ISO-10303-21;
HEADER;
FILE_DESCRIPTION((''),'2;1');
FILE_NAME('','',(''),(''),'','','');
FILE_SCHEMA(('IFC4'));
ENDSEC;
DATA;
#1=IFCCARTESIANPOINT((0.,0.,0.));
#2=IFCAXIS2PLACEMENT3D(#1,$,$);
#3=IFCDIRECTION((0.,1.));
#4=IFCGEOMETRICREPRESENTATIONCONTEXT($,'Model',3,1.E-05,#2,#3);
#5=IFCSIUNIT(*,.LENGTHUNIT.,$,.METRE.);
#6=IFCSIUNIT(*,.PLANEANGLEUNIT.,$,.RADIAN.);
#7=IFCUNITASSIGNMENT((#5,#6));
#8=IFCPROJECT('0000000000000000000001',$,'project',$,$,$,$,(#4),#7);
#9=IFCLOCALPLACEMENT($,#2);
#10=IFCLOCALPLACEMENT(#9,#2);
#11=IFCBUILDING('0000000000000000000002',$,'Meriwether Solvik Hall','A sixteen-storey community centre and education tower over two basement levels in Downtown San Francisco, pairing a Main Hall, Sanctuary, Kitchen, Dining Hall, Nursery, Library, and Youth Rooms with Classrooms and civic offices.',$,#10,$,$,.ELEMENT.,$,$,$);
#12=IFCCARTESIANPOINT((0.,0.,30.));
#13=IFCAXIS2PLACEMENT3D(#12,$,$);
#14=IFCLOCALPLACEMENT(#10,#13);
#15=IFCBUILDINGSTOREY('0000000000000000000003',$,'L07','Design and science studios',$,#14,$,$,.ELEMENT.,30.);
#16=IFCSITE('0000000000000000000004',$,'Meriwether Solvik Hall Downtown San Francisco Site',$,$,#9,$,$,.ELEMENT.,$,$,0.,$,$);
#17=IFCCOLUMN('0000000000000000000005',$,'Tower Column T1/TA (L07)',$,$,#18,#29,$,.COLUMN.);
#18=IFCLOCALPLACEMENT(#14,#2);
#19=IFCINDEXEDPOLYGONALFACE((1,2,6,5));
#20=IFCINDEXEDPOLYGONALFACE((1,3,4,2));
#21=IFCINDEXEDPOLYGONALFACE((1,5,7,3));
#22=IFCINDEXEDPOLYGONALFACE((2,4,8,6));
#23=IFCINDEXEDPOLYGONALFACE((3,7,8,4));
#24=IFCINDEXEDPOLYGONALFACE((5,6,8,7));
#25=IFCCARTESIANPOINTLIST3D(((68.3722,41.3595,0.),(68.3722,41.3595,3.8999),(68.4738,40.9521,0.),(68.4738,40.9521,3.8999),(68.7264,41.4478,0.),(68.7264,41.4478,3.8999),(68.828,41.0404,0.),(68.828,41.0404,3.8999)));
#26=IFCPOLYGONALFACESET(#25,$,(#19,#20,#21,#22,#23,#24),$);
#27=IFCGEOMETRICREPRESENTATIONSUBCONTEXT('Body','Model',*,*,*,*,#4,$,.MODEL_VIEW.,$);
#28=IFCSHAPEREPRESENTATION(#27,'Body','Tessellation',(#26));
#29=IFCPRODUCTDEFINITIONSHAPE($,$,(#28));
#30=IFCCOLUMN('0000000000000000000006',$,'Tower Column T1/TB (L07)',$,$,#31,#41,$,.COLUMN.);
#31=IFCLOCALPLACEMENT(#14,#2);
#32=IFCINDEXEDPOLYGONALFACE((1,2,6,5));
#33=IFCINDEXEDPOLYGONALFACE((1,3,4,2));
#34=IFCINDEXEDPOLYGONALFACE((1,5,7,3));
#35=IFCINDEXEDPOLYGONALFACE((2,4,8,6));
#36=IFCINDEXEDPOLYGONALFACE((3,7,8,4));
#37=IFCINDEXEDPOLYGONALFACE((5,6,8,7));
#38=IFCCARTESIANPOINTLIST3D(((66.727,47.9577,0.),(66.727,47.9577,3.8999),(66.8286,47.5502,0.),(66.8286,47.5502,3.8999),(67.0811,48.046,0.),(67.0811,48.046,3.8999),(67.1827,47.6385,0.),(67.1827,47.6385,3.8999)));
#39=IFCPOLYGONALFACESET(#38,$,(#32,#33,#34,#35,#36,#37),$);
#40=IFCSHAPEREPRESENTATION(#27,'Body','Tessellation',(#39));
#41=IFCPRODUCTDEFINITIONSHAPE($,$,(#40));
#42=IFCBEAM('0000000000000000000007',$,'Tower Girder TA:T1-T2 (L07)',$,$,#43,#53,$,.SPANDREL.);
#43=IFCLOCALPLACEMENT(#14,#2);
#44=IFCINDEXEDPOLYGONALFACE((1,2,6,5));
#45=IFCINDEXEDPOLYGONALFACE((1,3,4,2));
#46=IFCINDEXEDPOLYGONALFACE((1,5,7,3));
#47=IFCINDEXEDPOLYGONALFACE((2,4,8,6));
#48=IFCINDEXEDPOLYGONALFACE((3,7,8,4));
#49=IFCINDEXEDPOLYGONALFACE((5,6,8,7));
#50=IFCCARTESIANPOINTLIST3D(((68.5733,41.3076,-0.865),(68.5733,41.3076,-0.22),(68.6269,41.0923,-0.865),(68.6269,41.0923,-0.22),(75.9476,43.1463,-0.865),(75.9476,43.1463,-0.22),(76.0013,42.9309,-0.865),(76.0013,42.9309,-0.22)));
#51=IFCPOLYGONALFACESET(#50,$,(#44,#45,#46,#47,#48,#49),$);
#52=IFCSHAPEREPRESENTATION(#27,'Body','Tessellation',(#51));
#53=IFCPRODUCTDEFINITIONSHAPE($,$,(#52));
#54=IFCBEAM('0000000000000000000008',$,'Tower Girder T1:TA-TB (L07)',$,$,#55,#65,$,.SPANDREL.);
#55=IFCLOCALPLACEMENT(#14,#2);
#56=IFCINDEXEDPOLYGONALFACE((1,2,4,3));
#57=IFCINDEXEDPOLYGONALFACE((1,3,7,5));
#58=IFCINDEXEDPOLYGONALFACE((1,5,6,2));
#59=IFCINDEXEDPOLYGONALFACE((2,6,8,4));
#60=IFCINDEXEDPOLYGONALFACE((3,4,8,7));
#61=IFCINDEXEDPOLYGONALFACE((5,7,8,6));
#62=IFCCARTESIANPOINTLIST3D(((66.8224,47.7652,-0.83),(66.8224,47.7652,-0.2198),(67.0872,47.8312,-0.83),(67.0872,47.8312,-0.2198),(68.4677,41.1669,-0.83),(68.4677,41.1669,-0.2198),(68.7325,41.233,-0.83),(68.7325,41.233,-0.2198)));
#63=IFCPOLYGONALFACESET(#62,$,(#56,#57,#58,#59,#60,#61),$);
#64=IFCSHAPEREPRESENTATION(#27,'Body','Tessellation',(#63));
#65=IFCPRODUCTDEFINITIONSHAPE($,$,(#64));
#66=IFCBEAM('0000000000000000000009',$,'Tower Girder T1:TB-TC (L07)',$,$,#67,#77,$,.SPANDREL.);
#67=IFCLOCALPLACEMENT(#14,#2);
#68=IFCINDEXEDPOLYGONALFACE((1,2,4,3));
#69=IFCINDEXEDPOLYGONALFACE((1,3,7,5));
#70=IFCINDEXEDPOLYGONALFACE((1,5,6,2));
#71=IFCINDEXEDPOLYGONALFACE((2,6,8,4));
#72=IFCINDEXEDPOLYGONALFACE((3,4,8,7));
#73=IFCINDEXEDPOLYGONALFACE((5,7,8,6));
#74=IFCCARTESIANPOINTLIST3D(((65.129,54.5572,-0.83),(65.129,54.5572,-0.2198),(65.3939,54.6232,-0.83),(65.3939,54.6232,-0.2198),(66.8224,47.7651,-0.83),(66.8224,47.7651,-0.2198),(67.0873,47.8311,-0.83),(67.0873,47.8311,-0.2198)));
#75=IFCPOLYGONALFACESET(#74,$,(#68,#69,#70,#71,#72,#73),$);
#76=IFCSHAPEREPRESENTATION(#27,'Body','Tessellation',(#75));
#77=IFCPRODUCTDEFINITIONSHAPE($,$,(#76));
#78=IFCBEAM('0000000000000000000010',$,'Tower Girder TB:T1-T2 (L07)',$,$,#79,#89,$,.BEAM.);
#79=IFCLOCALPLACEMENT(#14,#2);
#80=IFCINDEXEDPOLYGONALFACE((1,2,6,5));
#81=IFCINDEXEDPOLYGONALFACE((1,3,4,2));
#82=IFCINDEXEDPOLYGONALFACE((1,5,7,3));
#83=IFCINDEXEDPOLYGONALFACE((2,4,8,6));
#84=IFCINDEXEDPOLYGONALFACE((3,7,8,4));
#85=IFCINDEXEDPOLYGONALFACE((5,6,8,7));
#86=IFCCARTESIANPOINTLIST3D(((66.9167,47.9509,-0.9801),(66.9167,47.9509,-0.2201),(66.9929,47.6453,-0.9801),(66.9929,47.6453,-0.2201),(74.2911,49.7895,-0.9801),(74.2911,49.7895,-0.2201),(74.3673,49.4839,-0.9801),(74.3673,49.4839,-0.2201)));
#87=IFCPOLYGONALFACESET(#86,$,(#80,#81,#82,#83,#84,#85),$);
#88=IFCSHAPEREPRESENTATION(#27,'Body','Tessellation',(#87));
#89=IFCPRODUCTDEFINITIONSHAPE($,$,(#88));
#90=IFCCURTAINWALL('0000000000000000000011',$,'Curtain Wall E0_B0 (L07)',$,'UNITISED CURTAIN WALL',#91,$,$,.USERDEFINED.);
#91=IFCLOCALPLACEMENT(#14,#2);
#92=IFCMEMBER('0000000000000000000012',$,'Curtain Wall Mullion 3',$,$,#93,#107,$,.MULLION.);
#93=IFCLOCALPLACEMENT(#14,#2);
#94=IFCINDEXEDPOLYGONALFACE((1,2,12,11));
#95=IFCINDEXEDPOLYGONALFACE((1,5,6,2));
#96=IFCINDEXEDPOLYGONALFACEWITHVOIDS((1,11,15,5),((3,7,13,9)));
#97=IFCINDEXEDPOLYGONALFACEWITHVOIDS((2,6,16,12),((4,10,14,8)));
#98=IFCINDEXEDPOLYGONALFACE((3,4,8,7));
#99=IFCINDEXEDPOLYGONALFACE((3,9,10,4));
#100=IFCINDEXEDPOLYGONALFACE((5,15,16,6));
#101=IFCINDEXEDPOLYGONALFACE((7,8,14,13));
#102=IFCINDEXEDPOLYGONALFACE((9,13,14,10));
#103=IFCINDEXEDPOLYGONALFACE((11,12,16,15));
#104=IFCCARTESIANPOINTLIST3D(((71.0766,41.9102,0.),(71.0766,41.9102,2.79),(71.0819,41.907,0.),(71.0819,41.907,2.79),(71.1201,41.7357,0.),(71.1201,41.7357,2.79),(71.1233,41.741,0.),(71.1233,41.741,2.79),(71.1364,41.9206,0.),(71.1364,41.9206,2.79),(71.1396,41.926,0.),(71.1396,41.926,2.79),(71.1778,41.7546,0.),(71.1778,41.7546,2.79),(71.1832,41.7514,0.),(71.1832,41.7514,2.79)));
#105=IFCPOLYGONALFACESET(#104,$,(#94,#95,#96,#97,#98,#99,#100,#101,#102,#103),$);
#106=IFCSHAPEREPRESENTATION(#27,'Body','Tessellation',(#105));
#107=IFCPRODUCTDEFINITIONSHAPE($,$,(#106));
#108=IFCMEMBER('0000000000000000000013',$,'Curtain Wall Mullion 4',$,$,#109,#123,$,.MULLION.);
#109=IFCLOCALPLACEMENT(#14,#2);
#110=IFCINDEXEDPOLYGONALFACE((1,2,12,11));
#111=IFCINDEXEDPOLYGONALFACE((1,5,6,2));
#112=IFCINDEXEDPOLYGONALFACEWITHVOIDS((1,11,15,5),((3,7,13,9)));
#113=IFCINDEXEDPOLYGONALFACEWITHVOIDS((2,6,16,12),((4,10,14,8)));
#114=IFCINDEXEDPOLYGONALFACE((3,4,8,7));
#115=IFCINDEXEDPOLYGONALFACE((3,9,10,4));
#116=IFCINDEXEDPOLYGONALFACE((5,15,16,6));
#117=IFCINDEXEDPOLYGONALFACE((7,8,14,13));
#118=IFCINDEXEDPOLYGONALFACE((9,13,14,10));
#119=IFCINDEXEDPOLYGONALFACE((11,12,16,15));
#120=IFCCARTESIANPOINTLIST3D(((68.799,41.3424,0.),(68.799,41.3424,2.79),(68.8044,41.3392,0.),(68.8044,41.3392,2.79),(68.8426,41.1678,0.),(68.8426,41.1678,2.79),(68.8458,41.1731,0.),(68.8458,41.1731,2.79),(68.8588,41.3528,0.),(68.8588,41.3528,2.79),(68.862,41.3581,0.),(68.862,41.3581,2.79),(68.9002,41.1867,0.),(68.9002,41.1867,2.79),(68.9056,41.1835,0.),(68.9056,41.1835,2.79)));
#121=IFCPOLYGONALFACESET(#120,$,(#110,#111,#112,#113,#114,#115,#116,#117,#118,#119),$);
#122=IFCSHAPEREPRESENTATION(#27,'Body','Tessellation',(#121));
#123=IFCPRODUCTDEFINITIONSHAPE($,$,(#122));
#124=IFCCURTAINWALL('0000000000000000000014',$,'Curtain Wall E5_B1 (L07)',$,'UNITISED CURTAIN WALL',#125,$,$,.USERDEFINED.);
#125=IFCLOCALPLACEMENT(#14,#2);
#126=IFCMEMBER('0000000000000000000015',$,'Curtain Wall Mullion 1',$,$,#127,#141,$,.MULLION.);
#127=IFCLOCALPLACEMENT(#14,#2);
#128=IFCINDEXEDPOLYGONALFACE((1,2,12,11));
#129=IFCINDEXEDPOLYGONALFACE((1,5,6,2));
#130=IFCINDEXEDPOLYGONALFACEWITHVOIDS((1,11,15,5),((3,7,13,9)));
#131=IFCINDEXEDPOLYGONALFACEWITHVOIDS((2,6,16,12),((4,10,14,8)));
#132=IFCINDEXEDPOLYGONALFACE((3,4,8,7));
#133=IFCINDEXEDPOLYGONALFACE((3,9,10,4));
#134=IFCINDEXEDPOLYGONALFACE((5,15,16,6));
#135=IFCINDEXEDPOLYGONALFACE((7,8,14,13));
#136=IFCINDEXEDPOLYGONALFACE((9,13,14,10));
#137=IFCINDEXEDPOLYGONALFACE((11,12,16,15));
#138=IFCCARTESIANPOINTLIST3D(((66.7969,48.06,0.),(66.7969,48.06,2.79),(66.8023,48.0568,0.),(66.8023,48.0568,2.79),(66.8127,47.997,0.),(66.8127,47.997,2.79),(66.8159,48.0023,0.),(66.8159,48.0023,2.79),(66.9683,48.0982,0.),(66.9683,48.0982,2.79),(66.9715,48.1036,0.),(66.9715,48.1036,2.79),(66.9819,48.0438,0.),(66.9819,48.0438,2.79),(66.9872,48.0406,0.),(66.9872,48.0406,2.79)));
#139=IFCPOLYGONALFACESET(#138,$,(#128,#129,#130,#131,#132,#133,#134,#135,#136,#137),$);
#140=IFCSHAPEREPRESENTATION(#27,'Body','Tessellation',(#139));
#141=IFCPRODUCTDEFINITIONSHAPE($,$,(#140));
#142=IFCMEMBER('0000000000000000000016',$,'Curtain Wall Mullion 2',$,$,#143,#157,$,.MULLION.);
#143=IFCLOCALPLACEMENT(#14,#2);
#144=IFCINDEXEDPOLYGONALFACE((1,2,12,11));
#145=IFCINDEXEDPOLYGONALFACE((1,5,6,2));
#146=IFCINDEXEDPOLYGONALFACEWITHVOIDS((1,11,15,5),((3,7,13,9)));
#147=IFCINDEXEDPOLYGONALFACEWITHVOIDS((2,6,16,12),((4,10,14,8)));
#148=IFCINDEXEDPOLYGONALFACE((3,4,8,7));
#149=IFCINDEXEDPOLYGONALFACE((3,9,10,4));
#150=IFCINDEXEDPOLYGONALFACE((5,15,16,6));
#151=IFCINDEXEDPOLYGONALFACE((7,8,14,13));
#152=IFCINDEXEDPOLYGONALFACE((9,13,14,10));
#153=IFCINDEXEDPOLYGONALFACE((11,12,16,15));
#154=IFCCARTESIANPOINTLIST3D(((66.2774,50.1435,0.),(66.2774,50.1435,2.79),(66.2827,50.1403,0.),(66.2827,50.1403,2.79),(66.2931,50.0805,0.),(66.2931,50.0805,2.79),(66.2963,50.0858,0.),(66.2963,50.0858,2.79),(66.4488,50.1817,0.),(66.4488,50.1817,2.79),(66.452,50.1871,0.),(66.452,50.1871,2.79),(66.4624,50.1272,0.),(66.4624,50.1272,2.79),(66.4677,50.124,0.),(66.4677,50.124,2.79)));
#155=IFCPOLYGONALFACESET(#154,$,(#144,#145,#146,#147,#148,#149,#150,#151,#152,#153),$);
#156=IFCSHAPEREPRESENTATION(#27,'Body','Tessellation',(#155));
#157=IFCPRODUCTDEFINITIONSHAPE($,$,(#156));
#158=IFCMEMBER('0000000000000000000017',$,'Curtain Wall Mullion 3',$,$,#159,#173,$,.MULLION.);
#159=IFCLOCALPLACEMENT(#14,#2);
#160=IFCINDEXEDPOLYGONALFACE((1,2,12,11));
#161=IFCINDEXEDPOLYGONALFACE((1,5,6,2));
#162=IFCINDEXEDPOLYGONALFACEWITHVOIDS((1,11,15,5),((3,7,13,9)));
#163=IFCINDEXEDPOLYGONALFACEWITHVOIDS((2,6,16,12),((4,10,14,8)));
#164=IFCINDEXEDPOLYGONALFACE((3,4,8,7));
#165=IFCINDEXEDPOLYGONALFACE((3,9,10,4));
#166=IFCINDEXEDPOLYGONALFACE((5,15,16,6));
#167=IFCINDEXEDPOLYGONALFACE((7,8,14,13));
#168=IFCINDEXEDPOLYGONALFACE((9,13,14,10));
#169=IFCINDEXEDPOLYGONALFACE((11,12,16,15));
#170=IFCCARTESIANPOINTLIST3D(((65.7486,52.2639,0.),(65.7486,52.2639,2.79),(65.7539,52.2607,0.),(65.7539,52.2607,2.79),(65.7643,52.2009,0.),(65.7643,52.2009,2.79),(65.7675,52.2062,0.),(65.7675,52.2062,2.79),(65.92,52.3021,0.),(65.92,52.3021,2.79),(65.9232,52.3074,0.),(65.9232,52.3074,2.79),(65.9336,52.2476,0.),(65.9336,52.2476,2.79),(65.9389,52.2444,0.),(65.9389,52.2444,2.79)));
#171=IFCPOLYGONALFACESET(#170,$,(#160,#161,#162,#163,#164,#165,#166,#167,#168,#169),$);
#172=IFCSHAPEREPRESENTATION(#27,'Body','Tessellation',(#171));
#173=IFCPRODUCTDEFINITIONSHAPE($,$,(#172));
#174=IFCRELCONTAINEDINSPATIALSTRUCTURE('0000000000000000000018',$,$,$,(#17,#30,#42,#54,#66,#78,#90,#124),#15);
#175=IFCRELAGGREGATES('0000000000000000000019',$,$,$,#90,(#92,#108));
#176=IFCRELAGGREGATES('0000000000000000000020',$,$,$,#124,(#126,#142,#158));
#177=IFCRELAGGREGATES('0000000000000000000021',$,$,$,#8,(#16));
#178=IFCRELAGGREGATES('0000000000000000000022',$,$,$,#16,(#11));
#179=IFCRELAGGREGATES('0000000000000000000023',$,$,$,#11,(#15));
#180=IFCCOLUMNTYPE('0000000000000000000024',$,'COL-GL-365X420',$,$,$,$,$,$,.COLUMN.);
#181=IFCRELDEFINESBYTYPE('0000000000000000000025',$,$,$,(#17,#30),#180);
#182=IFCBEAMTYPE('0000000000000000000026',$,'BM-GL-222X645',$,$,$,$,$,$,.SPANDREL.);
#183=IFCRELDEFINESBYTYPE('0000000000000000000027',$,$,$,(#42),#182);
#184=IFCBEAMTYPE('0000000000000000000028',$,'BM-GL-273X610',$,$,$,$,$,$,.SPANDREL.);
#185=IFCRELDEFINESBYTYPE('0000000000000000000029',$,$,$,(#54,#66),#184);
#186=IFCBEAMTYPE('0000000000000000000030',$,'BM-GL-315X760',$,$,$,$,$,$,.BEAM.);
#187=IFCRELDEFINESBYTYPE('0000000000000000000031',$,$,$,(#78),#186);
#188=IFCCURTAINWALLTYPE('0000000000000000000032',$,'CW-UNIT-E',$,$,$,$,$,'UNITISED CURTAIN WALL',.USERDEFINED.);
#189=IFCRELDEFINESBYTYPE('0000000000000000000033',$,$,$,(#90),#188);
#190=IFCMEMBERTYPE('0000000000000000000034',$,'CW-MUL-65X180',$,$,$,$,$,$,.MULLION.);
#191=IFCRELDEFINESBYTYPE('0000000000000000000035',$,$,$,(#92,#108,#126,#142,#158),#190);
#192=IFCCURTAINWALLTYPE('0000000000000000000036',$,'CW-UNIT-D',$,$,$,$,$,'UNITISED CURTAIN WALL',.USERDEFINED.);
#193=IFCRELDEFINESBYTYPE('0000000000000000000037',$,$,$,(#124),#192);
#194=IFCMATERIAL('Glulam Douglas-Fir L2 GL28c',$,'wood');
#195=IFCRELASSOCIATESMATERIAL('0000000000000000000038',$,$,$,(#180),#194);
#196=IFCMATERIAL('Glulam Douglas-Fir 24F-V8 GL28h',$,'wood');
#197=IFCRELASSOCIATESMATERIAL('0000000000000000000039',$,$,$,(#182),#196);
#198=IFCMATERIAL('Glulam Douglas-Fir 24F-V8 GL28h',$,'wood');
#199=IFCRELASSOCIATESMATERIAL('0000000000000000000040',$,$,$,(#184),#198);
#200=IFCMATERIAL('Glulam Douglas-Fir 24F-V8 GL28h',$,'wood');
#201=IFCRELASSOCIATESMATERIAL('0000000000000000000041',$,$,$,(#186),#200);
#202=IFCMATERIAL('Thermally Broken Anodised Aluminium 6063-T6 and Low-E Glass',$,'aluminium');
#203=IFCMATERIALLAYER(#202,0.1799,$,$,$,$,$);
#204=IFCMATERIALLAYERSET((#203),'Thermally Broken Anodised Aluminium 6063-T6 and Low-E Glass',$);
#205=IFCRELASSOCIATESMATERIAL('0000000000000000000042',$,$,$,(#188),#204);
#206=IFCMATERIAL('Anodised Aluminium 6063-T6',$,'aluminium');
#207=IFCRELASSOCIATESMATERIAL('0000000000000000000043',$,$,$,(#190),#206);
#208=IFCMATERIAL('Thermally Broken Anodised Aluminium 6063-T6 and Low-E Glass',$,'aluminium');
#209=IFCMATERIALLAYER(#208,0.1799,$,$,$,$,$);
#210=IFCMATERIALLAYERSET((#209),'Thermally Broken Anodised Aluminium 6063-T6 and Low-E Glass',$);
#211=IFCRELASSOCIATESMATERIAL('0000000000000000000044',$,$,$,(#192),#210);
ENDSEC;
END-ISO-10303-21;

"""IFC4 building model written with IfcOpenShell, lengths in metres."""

from ifc_helpers import new_model, si_unit, direction, frame, origin, origin_2d, place, context, subcontext, project, spatial, rectangle, hollow_rectangle, extrude, material, layer, layer_set, material_profile, profile_set, type_object, element, aggregate, save


model = new_model("IFC4")

# Units and contexts
model_context = context("Model", 3, precision=1e-05, world=origin(), true_north=direction((0.0, 1.0)))
body_context = subcontext(model_context, "Body", "Model", "MODEL_VIEW")
ifc_project = project(units=[si_unit("LENGTHUNIT", "METRE"), si_unit("PLANEANGLEUNIT", "RADIAN")], contexts=[model_context])

# Site, building, storey
site_placement = place(None, origin())
site = spatial("IfcSite", under=ifc_project, at=site_placement, Name="Meriwether Solvik Hall Downtown San Francisco Site", CompositionType="ELEMENT", RefElevation=0.0)
building_placement = place(site_placement, origin())
building = spatial("IfcBuilding", under=site, at=building_placement, Name="Meriwether Solvik Hall", Description="A sixteen-storey community centre and education tower over two basement levels in Downtown San Francisco, pairing a Main Hall, Sanctuary, Kitchen, Dining Hall, Nursery, Library, and Youth Rooms with Classrooms and civic offices.", CompositionType="ELEMENT")
storey_placement = place(building_placement, frame((0.0, 0.0, 30.0)))
storey = spatial("IfcBuildingStorey", under=building, at=storey_placement, Name="L07", Description="Design and science studios", CompositionType="ELEMENT", Elevation=30.0)

# Columns
ifc_material_1 = material(Name="Glulam Douglas-Fir L2 GL28c", Category="wood")
ifc_material_profile_1 = material_profile(ifc_material_1, rectangle(XDim=0.365, YDim=0.4199, at=origin_2d()), Name="GLC-365X420")
ifc_profile_set_1 = profile_set([ifc_material_profile_1], Name="Glulam Douglas-Fir L2 GL28c")
column_type = type_object("IfcColumnType", Name="COL-GL-365X420", PredefinedType="COLUMN", material=ifc_profile_set_1)
for number, where, z_axis, x_axis, name in (
    (1, (68.6001, 41.2, 0.0), (0.0, 0.0, 1.0), (0.970296, 0.241922, 0.0), "Tower Column T1/TA (L07)"),
    (2, (66.9548, 47.7981, 0.0), (0.0, 0.0, 1.0), (0.970296, 0.241922, 0.0), "Tower Column T1/TB (L07)"),
):
    element("IfcColumn", number, at=place(storey_placement, frame(where, z_axis=z_axis, x_axis=x_axis)), inside=storey, type_object=column_type, Name=name, PredefinedType="COLUMN", context=body_context, shape_type="SweptSolid", body=[
        extrude(rectangle(XDim=0.365, YDim=0.4199, at=origin_2d()), origin(), (0.0, 0.0, 1.0), 3.8999),
    ])

# Beams
ifc_material_2 = material(Name="Glulam Douglas-Fir 24F-V8 GL28h", Category="wood")
ifc_material_profile_2 = material_profile(ifc_material_2, rectangle(XDim=0.2219, YDim=0.645, at=origin_2d()), Name="GLB-222X645")
ifc_profile_set_2 = profile_set([ifc_material_profile_2], Name="Glulam Douglas-Fir 24F-V8 GL28h")
beam_type_1 = type_object("IfcBeamType", Name="BM-GL-222X645", PredefinedType="SPANDREL", material=ifc_profile_set_2)
beam_1_placement = place(storey_placement, frame((68.6001, 41.2, -0.5425), z_axis=(0.970295, 0.241923, 0.0), x_axis=(-0.241923, 0.970295, 0.0)))
element("IfcBeam", 3, at=beam_1_placement, inside=storey, type_object=beam_type_1, Name="Tower Girder TA:T1-T2 (L07)", PredefinedType="SPANDREL", context=body_context, shape_type="SweptSolid", body=[
    extrude(rectangle(XDim=0.2219, YDim=0.645, at=origin_2d()), origin(), (0.0, 0.0, 1.0), 7.6001),
])
ifc_material_3 = material(Name="Glulam Douglas-Fir 24F-V8 GL28h", Category="wood")
ifc_material_profile_3 = material_profile(ifc_material_3, rectangle(XDim=0.2729, YDim=0.6101, at=origin_2d()), Name="GLB-273X610")
ifc_profile_set_3 = profile_set([ifc_material_profile_3], Name="Glulam Douglas-Fir 24F-V8 GL28h")
beam_type_2 = type_object("IfcBeamType", Name="BM-GL-273X610", PredefinedType="SPANDREL", material=ifc_profile_set_3)
beam_2_placement = place(storey_placement, frame((68.6001, 41.2, -0.5249), z_axis=(-0.241944, 0.97029, 0.0), x_axis=(-0.97029, -0.241944, 0.0)))
element("IfcBeam", 4, at=beam_2_placement, inside=storey, type_object=beam_type_2, Name="Tower Girder T1:TA-TB (L07)", PredefinedType="SPANDREL", context=body_context, shape_type="SweptSolid", body=[
    extrude(rectangle(XDim=0.2729, YDim=0.6101, at=origin_2d()), origin(), (0.0, 0.0, 1.0), 6.8003),
])
beam_3_placement = place(storey_placement, frame((66.9548, 47.7981, -0.5249), z_axis=(-0.241912, 0.970298, 0.0), x_axis=(-0.970298, -0.241912, 0.0)))
element("IfcBeam", 5, at=beam_3_placement, inside=storey, type_object=beam_type_2, Name="Tower Girder T1:TB-TC (L07)", PredefinedType="SPANDREL", context=body_context, shape_type="SweptSolid", body=[
    extrude(rectangle(XDim=0.2729, YDim=0.6101, at=origin_2d()), origin(), (0.0, 0.0, 1.0), 7.0),
])
ifc_material_4 = material(Name="Glulam Douglas-Fir 24F-V8 GL28h", Category="wood")
ifc_material_profile_4 = material_profile(ifc_material_4, rectangle(XDim=0.3149, YDim=0.76, at=origin_2d()), Name="GLB-315X760")
ifc_profile_set_4 = profile_set([ifc_material_profile_4], Name="Glulam Douglas-Fir 24F-V8 GL28h")
beam_type_3 = type_object("IfcBeamType", Name="BM-GL-315X760", PredefinedType="BEAM", material=ifc_profile_set_4)
beam_4_placement = place(storey_placement, frame((66.9548, 47.7981, -0.6001), z_axis=(0.970295, 0.241923, 0.0), x_axis=(-0.241923, 0.970295, 0.0)))
element("IfcBeam", 6, at=beam_4_placement, inside=storey, type_object=beam_type_3, Name="Tower Girder TB:T1-T2 (L07)", PredefinedType="BEAM", context=body_context, shape_type="SweptSolid", body=[
    extrude(rectangle(XDim=0.3149, YDim=0.76, at=origin_2d()), origin(), (0.0, 0.0, 1.0), 7.6001),
])

# Curtain walls, members
ifc_material_5 = material(Name="Thermally Broken Anodised Aluminium 6063-T6 and Low-E Glass", Category="aluminium")
ifc_layer_1 = layer(ifc_material_5, 0.1799)
ifc_layer_set_1 = layer_set([ifc_layer_1], Name="Thermally Broken Anodised Aluminium 6063-T6 and Low-E Glass")
curtain_wall_type_1 = type_object("IfcCurtainWallType", Name="CW-UNIT-E", ElementType="UNITISED CURTAIN WALL", PredefinedType="USERDEFINED", material=ifc_layer_set_1)
curtain_wall_1_placement = place(storey_placement, origin())
curtain_wall_1 = element("IfcCurtainWall", 7, at=curtain_wall_1_placement, inside=storey, type_object=curtain_wall_type_1, Name="Curtain Wall E0_B0 (L07)", ObjectType="UNITISED CURTAIN WALL", PredefinedType="USERDEFINED")
ifc_material_6 = material(Name="Anodised Aluminium 6063-T6", Category="aluminium")
ifc_material_profile_5 = material_profile(ifc_material_6, hollow_rectangle(XDim=0.0649, YDim=0.1799, WallThickness=0.0044, at=origin_2d()), Name="CWM-65X180")
ifc_profile_set_5 = profile_set([ifc_material_profile_5], Name="Anodised Aluminium 6063-T6")
member_type_1 = type_object("IfcMemberType", Name="CW-MUL-65X180", PredefinedType="MULLION", material=ifc_profile_set_5)
member_1_placement = place(storey_placement, frame((71.1299, 41.8308, 0.0), z_axis=(0.0, 0.0, 1.0), x_axis=(-0.970296, -0.241922, 0.0)))
member_1 = element("IfcMember", 8, at=member_1_placement, type_object=member_type_1, Name="Curtain Wall Mullion 3", PredefinedType="MULLION", context=body_context, shape_type="SweptSolid", body=[
    extrude(hollow_rectangle(XDim=0.0649, YDim=0.1799, WallThickness=0.0044, at=origin_2d()), origin(), (0.0, 0.0, 1.0), 2.79),
])
member_2_placement = place(storey_placement, frame((68.8523, 41.2629, 0.0), z_axis=(0.0, 0.0, 1.0), x_axis=(-0.970296, -0.241922, 0.0)))
member_2 = element("IfcMember", 9, at=member_2_placement, type_object=member_type_1, Name="Curtain Wall Mullion 4", PredefinedType="MULLION", context=body_context, shape_type="SweptSolid", body=[
    extrude(hollow_rectangle(XDim=0.0649, YDim=0.1799, WallThickness=0.0044, at=origin_2d()), origin(), (0.0, 0.0, 1.0), 2.79),
])
ifc_material_7 = material(Name="Thermally Broken Anodised Aluminium 6063-T6 and Low-E Glass", Category="aluminium")
ifc_layer_2 = layer(ifc_material_7, 0.1799)
ifc_layer_set_2 = layer_set([ifc_layer_2], Name="Thermally Broken Anodised Aluminium 6063-T6 and Low-E Glass")
curtain_wall_type_2 = type_object("IfcCurtainWallType", Name="CW-UNIT-D", ElementType="UNITISED CURTAIN WALL", PredefinedType="USERDEFINED", material=ifc_layer_set_2)
curtain_wall_2_placement = place(storey_placement, origin())
curtain_wall_2 = element("IfcCurtainWall", 10, at=curtain_wall_2_placement, inside=storey, type_object=curtain_wall_type_2, Name="Curtain Wall E5_B1 (L07)", ObjectType="UNITISED CURTAIN WALL", PredefinedType="USERDEFINED")
member_3_placement = place(storey_placement, frame((66.8921, 48.0503, 0.0), z_axis=(0.0, 0.0, 1.0), x_axis=(-0.241922, 0.970296, 0.0)))
member_3 = element("IfcMember", 11, at=member_3_placement, type_object=member_type_1, Name="Curtain Wall Mullion 1", PredefinedType="MULLION", context=body_context, shape_type="SweptSolid", body=[
    extrude(hollow_rectangle(XDim=0.0649, YDim=0.1799, WallThickness=0.0044, at=origin_2d()), origin(), (0.0, 0.0, 1.0), 2.79),
])
member_4_placement = place(storey_placement, frame((66.3726, 50.1338, 0.0), z_axis=(0.0, 0.0, 1.0), x_axis=(-0.241922, 0.970296, 0.0)))
member_4 = element("IfcMember", 12, at=member_4_placement, type_object=member_type_1, Name="Curtain Wall Mullion 2", PredefinedType="MULLION", context=body_context, shape_type="SweptSolid", body=[
    extrude(hollow_rectangle(XDim=0.0649, YDim=0.1799, WallThickness=0.0044, at=origin_2d()), origin(), (0.0, 0.0, 1.0), 2.79),
])
member_5_placement = place(storey_placement, frame((65.8438, 52.2542, 0.0), z_axis=(0.0, 0.0, 1.0), x_axis=(-0.241922, 0.970296, 0.0)))
member_5 = element("IfcMember", 13, at=member_5_placement, type_object=member_type_1, Name="Curtain Wall Mullion 3", PredefinedType="MULLION", context=body_context, shape_type="SweptSolid", body=[
    extrude(hollow_rectangle(XDim=0.0649, YDim=0.1799, WallThickness=0.0044, at=origin_2d()), origin(), (0.0, 0.0, 1.0), 2.79),
])

aggregate(curtain_wall_1, [member_1, member_2])
aggregate(curtain_wall_2, [member_3, member_4, member_5])

save(model, "model.ifc")
